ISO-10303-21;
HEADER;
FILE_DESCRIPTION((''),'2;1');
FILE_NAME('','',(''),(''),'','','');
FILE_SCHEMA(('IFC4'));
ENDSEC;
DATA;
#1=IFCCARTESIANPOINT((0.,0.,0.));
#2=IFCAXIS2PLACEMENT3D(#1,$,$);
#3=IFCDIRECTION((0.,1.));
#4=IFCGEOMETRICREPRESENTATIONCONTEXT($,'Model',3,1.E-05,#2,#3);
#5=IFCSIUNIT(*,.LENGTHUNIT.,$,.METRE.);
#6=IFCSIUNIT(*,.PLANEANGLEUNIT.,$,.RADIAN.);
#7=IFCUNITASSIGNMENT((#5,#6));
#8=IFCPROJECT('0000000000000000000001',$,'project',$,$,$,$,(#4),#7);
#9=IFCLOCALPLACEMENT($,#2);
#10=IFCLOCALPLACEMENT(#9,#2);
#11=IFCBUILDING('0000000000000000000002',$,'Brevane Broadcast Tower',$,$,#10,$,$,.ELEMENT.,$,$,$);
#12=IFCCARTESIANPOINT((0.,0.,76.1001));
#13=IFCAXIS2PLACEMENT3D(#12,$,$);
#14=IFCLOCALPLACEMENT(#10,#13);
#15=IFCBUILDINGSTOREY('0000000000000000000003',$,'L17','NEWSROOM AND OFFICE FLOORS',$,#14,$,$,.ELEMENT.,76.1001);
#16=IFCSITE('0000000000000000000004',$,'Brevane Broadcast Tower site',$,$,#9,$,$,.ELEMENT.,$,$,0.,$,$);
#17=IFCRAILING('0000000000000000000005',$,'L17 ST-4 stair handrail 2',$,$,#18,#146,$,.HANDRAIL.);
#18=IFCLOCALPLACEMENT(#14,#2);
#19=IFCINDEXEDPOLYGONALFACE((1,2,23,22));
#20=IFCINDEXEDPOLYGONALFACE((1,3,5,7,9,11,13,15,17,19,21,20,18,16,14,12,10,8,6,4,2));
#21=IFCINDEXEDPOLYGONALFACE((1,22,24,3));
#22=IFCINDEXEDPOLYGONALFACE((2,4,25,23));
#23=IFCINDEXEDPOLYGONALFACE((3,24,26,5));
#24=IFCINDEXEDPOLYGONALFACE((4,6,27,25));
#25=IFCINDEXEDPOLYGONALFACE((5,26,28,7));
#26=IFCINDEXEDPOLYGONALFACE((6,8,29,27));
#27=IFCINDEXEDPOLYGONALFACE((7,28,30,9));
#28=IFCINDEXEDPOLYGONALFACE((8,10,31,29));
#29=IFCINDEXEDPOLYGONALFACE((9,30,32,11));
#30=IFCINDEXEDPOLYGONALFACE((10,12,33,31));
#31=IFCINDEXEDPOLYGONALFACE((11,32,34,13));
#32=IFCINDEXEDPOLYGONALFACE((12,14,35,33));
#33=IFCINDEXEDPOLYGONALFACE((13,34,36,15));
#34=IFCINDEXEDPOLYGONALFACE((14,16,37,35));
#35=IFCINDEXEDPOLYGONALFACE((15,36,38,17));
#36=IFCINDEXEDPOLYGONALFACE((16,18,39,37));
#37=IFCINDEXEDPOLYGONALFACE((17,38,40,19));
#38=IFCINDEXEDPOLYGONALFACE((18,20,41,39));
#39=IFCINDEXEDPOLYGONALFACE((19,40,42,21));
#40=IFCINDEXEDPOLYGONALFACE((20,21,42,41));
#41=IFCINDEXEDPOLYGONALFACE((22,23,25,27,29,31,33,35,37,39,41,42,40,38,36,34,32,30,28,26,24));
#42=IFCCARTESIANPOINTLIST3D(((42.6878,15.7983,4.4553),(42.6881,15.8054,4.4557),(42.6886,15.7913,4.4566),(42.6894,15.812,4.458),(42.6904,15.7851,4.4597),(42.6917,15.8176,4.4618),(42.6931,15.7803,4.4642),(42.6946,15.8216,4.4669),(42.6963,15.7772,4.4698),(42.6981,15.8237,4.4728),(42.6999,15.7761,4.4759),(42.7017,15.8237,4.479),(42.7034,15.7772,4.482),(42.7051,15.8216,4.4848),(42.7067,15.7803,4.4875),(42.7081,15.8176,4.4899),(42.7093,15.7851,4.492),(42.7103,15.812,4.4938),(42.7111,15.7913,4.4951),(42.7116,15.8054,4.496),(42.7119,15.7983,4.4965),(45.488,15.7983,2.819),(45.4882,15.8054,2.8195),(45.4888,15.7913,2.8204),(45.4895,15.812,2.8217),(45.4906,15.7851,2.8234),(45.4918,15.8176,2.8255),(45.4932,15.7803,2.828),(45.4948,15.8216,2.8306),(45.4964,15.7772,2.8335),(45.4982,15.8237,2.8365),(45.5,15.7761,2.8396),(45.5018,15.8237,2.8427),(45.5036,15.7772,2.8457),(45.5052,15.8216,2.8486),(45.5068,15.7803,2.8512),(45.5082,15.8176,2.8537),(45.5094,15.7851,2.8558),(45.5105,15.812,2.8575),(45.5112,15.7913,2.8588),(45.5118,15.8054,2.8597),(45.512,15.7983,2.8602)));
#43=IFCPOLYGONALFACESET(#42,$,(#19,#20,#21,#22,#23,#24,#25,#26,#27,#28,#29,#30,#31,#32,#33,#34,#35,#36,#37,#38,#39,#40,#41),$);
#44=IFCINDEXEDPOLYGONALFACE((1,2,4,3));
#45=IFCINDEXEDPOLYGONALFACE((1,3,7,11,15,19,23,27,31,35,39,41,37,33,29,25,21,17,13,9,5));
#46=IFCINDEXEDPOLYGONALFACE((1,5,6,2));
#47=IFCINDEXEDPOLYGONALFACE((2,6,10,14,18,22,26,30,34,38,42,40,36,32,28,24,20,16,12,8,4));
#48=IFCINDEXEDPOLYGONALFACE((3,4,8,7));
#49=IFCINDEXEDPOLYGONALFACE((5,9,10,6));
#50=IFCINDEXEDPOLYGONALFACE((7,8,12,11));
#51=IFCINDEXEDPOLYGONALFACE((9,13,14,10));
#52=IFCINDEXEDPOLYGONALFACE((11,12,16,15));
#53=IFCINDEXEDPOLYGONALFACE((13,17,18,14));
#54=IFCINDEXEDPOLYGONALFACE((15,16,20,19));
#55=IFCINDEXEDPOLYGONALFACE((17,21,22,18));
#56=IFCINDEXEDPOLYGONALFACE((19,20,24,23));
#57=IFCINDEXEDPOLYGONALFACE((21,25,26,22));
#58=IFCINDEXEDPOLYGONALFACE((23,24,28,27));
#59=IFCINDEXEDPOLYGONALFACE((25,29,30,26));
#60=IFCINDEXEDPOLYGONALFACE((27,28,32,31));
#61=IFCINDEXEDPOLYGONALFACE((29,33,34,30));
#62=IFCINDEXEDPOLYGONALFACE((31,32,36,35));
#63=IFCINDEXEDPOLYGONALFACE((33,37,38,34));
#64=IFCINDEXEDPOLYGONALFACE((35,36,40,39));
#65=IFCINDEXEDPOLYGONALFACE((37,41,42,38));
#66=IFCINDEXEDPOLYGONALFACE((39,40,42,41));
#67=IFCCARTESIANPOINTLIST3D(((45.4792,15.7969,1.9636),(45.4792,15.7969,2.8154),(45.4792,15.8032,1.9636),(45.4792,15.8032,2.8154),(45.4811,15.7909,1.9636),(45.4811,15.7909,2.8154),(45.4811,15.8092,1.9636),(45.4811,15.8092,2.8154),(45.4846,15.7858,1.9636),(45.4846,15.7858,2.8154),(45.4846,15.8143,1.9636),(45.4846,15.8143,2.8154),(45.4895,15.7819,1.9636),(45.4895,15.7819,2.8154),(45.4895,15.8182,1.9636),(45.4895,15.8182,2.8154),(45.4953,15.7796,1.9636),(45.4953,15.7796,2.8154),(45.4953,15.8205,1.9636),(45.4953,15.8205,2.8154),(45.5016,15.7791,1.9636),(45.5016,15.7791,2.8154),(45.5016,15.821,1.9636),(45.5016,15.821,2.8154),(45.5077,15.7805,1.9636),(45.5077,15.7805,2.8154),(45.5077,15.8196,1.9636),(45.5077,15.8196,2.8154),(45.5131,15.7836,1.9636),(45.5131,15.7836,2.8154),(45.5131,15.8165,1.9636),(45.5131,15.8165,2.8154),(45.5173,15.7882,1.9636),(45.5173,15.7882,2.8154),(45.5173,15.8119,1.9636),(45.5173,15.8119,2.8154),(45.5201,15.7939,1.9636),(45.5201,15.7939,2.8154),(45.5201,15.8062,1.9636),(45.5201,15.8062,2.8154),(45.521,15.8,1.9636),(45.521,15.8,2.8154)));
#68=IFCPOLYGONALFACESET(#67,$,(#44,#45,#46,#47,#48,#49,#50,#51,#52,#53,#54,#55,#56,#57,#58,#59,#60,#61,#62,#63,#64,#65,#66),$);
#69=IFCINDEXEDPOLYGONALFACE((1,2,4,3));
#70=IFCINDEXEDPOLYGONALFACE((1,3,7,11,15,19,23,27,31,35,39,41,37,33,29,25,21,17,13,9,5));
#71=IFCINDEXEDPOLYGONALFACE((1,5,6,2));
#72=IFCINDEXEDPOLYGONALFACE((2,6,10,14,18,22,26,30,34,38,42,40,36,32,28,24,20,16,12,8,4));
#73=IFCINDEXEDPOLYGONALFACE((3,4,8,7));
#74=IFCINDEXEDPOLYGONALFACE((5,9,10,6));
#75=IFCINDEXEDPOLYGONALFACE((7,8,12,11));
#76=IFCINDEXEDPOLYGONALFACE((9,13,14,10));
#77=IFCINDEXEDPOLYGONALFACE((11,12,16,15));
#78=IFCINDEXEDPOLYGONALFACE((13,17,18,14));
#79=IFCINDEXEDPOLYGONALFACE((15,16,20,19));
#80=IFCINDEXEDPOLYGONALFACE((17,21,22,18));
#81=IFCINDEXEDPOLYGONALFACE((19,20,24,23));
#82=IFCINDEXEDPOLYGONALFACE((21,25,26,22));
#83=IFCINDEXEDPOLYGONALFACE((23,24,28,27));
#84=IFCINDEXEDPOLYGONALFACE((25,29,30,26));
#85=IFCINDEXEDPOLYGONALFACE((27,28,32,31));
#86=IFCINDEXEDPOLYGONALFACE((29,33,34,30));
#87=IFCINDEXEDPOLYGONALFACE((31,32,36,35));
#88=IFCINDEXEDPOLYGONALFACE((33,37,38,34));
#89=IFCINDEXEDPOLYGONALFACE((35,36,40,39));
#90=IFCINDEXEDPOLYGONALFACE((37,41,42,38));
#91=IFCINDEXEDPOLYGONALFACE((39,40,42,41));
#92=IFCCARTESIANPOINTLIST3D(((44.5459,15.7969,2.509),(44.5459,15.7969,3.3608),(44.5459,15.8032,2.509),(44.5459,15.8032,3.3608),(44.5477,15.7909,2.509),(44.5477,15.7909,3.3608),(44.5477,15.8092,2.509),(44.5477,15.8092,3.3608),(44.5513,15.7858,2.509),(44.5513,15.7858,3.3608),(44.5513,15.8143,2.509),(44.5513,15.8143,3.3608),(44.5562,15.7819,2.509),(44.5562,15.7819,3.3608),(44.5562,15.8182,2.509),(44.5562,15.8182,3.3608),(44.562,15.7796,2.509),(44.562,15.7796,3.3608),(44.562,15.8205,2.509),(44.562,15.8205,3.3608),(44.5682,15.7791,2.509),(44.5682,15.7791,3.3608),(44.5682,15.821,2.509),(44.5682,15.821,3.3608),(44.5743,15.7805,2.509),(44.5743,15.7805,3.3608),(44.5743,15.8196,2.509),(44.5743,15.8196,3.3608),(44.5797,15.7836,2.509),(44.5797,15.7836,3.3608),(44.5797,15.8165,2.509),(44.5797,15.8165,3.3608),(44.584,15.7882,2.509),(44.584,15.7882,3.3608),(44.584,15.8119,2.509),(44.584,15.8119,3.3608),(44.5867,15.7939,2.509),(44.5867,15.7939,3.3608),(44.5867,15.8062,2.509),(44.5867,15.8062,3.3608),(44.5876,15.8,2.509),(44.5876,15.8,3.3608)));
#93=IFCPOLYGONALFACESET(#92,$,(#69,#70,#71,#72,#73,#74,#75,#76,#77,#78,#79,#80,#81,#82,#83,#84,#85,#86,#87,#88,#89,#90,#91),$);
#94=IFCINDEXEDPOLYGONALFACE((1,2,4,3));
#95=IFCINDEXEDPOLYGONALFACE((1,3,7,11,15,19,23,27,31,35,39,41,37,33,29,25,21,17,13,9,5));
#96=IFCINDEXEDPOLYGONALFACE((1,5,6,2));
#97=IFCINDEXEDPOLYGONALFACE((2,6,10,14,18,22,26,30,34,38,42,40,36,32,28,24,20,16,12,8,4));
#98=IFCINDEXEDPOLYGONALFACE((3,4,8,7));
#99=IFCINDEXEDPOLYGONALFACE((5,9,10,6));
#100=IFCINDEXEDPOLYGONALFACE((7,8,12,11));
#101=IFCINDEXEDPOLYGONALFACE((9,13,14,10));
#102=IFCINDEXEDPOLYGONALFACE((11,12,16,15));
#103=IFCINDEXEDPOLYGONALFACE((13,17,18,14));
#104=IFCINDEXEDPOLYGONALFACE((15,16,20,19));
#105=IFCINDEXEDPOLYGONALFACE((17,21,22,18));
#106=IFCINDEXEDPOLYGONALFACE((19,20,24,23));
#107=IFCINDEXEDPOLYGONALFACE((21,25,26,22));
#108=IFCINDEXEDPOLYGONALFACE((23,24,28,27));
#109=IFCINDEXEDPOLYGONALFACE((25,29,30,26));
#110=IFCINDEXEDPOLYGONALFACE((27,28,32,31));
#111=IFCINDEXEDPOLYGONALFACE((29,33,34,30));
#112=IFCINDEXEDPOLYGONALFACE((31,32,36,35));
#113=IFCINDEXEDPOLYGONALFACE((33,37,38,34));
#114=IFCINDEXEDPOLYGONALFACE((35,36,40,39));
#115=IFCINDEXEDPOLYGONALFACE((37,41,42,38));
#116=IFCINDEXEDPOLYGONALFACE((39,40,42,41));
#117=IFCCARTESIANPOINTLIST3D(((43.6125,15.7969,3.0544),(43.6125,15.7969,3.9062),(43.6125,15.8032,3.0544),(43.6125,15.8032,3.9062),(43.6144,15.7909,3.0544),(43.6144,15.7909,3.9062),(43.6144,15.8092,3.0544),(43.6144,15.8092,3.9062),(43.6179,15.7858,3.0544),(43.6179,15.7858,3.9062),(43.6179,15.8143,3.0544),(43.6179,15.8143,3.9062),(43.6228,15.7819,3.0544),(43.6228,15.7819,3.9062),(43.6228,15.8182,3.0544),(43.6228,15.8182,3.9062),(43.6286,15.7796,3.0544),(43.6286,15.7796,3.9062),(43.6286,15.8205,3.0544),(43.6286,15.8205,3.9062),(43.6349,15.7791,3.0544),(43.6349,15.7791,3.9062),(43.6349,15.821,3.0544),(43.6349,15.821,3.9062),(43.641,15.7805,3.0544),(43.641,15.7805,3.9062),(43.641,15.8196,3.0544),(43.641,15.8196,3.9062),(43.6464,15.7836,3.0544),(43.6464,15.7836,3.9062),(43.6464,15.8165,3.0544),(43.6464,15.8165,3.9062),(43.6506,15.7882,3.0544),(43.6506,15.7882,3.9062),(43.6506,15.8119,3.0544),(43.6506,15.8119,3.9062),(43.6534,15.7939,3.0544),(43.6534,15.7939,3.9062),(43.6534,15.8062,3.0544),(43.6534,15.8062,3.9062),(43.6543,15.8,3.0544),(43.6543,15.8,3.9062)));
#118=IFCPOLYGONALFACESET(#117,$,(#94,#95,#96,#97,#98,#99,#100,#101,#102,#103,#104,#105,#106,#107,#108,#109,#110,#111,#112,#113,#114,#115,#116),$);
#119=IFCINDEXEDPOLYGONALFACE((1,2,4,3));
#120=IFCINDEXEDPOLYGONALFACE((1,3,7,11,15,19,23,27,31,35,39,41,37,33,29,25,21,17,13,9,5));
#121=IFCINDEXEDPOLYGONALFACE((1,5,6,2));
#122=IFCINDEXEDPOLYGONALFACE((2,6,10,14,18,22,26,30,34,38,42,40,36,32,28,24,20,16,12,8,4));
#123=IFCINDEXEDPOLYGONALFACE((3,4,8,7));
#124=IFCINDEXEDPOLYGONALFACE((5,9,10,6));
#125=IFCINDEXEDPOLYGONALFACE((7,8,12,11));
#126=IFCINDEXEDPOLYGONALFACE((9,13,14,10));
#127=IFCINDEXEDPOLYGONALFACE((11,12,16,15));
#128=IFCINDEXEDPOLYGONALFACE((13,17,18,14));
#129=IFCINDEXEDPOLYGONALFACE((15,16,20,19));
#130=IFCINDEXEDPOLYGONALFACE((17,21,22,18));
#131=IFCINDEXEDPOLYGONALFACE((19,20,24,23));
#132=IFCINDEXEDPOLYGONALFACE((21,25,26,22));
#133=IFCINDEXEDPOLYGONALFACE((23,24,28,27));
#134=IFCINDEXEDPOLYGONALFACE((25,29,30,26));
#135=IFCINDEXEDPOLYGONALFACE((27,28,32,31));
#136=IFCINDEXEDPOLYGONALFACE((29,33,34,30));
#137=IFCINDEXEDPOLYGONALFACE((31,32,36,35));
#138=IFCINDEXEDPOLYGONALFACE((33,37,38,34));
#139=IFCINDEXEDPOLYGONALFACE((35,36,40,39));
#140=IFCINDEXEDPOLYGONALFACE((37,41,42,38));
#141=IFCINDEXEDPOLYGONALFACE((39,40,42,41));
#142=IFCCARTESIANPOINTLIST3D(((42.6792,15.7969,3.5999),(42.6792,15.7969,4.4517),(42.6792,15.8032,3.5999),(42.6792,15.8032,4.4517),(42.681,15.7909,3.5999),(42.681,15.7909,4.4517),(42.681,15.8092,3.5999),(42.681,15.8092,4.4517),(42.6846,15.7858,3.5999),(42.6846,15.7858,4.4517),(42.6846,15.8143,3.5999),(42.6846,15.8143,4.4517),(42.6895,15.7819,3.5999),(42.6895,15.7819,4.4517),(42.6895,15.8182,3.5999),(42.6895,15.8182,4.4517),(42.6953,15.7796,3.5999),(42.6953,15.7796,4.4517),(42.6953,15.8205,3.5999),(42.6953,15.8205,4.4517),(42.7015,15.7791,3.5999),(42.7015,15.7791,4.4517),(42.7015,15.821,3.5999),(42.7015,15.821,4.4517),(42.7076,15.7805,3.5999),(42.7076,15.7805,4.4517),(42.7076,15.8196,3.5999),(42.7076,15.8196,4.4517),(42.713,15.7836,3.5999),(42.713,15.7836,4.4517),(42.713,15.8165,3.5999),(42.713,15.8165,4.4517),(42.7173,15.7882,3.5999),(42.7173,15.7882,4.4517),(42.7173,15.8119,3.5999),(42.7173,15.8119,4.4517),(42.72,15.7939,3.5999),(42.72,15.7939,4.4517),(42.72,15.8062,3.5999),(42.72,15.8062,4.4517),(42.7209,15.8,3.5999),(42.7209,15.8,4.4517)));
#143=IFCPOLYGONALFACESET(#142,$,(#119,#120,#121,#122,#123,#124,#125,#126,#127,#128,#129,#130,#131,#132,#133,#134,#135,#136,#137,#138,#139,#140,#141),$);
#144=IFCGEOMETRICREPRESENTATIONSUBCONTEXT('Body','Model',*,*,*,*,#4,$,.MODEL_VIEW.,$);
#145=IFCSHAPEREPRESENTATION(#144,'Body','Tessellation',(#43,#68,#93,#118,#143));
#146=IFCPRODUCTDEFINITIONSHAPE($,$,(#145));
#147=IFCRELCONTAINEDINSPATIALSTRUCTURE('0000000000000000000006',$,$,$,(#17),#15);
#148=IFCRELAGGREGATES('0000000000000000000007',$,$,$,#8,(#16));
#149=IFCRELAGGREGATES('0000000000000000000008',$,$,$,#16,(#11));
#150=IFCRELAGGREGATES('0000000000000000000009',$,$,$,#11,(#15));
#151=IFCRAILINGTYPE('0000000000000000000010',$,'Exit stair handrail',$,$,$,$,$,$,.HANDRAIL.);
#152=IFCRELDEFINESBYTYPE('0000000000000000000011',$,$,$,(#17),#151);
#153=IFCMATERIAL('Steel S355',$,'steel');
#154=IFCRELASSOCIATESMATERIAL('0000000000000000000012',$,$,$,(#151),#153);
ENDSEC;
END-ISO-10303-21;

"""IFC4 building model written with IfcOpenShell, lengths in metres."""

from ifc_helpers import new_model, si_unit, direction, frame, origin, origin_2d, place, context, subcontext, project, spatial, circle, extrude, material, type_object, element, save


model = new_model("IFC4")

# Units and contexts
model_context = context("Model", 3, precision=1e-05, world=origin(), true_north=direction((0.0, 1.0)))
body_context = subcontext(model_context, "Body", "Model", "MODEL_VIEW")
ifc_project = project(units=[si_unit("LENGTHUNIT", "METRE"), si_unit("PLANEANGLEUNIT", "RADIAN")], contexts=[model_context])

# Site, building, storey
site_placement = place(None, origin())
site = spatial("IfcSite", under=ifc_project, at=site_placement, Name="Brevane Broadcast Tower site", CompositionType="ELEMENT", RefElevation=0.0)
building_placement = place(site_placement, origin())
building = spatial("IfcBuilding", under=site, at=building_placement, Name="Brevane Broadcast Tower", CompositionType="ELEMENT")
storey_placement = place(building_placement, frame((0.0, 0.0, 76.1001)))
storey = spatial("IfcBuildingStorey", under=building, at=storey_placement, Name="L17", Description="NEWSROOM AND OFFICE FLOORS", CompositionType="ELEMENT", Elevation=76.1001)

# Railing
ifc_material_1 = material(Name="Steel S355", Category="steel")
railing_type_1 = type_object("IfcRailingType", Name="Exit stair handrail", PredefinedType="HANDRAIL", material=ifc_material_1)
railing_1_placement = place(storey_placement, frame((45.5, 15.8, 1.9636)))
element("IfcRailing", 1, at=railing_1_placement, inside=storey, type_object=railing_type_1, Name="L17 ST-4 stair handrail 2", PredefinedType="HANDRAIL", context=body_context, shape_type="SweptSolid", body=[
    extrude(circle(Radius=0.0239, at=origin_2d()), frame((0.0, 0.0, 0.876), z_axis=(-0.863394, 0.0, 0.504531), x_axis=(0.0, -1.0, 0.0)), (0.0, 0.0, 1.0), 3.2432),
    extrude(circle(Radius=0.021, at=origin_2d()), origin(), (0.0, 0.0, 1.0), 0.8518),
    extrude(circle(Radius=0.021, at=origin_2d()), frame((-0.9333, 0.0, 0.5454)), (0.0, 0.0, 1.0), 0.8518),
    extrude(circle(Radius=0.021, at=origin_2d()), frame((-1.8667, 0.0, 1.0908)), (0.0, 0.0, 1.0), 0.8518),
    extrude(circle(Radius=0.021, at=origin_2d()), frame((-2.8, 0.0, 1.6362)), (0.0, 0.0, 1.0), 0.8518),
])

save(model, "model.ifc")
